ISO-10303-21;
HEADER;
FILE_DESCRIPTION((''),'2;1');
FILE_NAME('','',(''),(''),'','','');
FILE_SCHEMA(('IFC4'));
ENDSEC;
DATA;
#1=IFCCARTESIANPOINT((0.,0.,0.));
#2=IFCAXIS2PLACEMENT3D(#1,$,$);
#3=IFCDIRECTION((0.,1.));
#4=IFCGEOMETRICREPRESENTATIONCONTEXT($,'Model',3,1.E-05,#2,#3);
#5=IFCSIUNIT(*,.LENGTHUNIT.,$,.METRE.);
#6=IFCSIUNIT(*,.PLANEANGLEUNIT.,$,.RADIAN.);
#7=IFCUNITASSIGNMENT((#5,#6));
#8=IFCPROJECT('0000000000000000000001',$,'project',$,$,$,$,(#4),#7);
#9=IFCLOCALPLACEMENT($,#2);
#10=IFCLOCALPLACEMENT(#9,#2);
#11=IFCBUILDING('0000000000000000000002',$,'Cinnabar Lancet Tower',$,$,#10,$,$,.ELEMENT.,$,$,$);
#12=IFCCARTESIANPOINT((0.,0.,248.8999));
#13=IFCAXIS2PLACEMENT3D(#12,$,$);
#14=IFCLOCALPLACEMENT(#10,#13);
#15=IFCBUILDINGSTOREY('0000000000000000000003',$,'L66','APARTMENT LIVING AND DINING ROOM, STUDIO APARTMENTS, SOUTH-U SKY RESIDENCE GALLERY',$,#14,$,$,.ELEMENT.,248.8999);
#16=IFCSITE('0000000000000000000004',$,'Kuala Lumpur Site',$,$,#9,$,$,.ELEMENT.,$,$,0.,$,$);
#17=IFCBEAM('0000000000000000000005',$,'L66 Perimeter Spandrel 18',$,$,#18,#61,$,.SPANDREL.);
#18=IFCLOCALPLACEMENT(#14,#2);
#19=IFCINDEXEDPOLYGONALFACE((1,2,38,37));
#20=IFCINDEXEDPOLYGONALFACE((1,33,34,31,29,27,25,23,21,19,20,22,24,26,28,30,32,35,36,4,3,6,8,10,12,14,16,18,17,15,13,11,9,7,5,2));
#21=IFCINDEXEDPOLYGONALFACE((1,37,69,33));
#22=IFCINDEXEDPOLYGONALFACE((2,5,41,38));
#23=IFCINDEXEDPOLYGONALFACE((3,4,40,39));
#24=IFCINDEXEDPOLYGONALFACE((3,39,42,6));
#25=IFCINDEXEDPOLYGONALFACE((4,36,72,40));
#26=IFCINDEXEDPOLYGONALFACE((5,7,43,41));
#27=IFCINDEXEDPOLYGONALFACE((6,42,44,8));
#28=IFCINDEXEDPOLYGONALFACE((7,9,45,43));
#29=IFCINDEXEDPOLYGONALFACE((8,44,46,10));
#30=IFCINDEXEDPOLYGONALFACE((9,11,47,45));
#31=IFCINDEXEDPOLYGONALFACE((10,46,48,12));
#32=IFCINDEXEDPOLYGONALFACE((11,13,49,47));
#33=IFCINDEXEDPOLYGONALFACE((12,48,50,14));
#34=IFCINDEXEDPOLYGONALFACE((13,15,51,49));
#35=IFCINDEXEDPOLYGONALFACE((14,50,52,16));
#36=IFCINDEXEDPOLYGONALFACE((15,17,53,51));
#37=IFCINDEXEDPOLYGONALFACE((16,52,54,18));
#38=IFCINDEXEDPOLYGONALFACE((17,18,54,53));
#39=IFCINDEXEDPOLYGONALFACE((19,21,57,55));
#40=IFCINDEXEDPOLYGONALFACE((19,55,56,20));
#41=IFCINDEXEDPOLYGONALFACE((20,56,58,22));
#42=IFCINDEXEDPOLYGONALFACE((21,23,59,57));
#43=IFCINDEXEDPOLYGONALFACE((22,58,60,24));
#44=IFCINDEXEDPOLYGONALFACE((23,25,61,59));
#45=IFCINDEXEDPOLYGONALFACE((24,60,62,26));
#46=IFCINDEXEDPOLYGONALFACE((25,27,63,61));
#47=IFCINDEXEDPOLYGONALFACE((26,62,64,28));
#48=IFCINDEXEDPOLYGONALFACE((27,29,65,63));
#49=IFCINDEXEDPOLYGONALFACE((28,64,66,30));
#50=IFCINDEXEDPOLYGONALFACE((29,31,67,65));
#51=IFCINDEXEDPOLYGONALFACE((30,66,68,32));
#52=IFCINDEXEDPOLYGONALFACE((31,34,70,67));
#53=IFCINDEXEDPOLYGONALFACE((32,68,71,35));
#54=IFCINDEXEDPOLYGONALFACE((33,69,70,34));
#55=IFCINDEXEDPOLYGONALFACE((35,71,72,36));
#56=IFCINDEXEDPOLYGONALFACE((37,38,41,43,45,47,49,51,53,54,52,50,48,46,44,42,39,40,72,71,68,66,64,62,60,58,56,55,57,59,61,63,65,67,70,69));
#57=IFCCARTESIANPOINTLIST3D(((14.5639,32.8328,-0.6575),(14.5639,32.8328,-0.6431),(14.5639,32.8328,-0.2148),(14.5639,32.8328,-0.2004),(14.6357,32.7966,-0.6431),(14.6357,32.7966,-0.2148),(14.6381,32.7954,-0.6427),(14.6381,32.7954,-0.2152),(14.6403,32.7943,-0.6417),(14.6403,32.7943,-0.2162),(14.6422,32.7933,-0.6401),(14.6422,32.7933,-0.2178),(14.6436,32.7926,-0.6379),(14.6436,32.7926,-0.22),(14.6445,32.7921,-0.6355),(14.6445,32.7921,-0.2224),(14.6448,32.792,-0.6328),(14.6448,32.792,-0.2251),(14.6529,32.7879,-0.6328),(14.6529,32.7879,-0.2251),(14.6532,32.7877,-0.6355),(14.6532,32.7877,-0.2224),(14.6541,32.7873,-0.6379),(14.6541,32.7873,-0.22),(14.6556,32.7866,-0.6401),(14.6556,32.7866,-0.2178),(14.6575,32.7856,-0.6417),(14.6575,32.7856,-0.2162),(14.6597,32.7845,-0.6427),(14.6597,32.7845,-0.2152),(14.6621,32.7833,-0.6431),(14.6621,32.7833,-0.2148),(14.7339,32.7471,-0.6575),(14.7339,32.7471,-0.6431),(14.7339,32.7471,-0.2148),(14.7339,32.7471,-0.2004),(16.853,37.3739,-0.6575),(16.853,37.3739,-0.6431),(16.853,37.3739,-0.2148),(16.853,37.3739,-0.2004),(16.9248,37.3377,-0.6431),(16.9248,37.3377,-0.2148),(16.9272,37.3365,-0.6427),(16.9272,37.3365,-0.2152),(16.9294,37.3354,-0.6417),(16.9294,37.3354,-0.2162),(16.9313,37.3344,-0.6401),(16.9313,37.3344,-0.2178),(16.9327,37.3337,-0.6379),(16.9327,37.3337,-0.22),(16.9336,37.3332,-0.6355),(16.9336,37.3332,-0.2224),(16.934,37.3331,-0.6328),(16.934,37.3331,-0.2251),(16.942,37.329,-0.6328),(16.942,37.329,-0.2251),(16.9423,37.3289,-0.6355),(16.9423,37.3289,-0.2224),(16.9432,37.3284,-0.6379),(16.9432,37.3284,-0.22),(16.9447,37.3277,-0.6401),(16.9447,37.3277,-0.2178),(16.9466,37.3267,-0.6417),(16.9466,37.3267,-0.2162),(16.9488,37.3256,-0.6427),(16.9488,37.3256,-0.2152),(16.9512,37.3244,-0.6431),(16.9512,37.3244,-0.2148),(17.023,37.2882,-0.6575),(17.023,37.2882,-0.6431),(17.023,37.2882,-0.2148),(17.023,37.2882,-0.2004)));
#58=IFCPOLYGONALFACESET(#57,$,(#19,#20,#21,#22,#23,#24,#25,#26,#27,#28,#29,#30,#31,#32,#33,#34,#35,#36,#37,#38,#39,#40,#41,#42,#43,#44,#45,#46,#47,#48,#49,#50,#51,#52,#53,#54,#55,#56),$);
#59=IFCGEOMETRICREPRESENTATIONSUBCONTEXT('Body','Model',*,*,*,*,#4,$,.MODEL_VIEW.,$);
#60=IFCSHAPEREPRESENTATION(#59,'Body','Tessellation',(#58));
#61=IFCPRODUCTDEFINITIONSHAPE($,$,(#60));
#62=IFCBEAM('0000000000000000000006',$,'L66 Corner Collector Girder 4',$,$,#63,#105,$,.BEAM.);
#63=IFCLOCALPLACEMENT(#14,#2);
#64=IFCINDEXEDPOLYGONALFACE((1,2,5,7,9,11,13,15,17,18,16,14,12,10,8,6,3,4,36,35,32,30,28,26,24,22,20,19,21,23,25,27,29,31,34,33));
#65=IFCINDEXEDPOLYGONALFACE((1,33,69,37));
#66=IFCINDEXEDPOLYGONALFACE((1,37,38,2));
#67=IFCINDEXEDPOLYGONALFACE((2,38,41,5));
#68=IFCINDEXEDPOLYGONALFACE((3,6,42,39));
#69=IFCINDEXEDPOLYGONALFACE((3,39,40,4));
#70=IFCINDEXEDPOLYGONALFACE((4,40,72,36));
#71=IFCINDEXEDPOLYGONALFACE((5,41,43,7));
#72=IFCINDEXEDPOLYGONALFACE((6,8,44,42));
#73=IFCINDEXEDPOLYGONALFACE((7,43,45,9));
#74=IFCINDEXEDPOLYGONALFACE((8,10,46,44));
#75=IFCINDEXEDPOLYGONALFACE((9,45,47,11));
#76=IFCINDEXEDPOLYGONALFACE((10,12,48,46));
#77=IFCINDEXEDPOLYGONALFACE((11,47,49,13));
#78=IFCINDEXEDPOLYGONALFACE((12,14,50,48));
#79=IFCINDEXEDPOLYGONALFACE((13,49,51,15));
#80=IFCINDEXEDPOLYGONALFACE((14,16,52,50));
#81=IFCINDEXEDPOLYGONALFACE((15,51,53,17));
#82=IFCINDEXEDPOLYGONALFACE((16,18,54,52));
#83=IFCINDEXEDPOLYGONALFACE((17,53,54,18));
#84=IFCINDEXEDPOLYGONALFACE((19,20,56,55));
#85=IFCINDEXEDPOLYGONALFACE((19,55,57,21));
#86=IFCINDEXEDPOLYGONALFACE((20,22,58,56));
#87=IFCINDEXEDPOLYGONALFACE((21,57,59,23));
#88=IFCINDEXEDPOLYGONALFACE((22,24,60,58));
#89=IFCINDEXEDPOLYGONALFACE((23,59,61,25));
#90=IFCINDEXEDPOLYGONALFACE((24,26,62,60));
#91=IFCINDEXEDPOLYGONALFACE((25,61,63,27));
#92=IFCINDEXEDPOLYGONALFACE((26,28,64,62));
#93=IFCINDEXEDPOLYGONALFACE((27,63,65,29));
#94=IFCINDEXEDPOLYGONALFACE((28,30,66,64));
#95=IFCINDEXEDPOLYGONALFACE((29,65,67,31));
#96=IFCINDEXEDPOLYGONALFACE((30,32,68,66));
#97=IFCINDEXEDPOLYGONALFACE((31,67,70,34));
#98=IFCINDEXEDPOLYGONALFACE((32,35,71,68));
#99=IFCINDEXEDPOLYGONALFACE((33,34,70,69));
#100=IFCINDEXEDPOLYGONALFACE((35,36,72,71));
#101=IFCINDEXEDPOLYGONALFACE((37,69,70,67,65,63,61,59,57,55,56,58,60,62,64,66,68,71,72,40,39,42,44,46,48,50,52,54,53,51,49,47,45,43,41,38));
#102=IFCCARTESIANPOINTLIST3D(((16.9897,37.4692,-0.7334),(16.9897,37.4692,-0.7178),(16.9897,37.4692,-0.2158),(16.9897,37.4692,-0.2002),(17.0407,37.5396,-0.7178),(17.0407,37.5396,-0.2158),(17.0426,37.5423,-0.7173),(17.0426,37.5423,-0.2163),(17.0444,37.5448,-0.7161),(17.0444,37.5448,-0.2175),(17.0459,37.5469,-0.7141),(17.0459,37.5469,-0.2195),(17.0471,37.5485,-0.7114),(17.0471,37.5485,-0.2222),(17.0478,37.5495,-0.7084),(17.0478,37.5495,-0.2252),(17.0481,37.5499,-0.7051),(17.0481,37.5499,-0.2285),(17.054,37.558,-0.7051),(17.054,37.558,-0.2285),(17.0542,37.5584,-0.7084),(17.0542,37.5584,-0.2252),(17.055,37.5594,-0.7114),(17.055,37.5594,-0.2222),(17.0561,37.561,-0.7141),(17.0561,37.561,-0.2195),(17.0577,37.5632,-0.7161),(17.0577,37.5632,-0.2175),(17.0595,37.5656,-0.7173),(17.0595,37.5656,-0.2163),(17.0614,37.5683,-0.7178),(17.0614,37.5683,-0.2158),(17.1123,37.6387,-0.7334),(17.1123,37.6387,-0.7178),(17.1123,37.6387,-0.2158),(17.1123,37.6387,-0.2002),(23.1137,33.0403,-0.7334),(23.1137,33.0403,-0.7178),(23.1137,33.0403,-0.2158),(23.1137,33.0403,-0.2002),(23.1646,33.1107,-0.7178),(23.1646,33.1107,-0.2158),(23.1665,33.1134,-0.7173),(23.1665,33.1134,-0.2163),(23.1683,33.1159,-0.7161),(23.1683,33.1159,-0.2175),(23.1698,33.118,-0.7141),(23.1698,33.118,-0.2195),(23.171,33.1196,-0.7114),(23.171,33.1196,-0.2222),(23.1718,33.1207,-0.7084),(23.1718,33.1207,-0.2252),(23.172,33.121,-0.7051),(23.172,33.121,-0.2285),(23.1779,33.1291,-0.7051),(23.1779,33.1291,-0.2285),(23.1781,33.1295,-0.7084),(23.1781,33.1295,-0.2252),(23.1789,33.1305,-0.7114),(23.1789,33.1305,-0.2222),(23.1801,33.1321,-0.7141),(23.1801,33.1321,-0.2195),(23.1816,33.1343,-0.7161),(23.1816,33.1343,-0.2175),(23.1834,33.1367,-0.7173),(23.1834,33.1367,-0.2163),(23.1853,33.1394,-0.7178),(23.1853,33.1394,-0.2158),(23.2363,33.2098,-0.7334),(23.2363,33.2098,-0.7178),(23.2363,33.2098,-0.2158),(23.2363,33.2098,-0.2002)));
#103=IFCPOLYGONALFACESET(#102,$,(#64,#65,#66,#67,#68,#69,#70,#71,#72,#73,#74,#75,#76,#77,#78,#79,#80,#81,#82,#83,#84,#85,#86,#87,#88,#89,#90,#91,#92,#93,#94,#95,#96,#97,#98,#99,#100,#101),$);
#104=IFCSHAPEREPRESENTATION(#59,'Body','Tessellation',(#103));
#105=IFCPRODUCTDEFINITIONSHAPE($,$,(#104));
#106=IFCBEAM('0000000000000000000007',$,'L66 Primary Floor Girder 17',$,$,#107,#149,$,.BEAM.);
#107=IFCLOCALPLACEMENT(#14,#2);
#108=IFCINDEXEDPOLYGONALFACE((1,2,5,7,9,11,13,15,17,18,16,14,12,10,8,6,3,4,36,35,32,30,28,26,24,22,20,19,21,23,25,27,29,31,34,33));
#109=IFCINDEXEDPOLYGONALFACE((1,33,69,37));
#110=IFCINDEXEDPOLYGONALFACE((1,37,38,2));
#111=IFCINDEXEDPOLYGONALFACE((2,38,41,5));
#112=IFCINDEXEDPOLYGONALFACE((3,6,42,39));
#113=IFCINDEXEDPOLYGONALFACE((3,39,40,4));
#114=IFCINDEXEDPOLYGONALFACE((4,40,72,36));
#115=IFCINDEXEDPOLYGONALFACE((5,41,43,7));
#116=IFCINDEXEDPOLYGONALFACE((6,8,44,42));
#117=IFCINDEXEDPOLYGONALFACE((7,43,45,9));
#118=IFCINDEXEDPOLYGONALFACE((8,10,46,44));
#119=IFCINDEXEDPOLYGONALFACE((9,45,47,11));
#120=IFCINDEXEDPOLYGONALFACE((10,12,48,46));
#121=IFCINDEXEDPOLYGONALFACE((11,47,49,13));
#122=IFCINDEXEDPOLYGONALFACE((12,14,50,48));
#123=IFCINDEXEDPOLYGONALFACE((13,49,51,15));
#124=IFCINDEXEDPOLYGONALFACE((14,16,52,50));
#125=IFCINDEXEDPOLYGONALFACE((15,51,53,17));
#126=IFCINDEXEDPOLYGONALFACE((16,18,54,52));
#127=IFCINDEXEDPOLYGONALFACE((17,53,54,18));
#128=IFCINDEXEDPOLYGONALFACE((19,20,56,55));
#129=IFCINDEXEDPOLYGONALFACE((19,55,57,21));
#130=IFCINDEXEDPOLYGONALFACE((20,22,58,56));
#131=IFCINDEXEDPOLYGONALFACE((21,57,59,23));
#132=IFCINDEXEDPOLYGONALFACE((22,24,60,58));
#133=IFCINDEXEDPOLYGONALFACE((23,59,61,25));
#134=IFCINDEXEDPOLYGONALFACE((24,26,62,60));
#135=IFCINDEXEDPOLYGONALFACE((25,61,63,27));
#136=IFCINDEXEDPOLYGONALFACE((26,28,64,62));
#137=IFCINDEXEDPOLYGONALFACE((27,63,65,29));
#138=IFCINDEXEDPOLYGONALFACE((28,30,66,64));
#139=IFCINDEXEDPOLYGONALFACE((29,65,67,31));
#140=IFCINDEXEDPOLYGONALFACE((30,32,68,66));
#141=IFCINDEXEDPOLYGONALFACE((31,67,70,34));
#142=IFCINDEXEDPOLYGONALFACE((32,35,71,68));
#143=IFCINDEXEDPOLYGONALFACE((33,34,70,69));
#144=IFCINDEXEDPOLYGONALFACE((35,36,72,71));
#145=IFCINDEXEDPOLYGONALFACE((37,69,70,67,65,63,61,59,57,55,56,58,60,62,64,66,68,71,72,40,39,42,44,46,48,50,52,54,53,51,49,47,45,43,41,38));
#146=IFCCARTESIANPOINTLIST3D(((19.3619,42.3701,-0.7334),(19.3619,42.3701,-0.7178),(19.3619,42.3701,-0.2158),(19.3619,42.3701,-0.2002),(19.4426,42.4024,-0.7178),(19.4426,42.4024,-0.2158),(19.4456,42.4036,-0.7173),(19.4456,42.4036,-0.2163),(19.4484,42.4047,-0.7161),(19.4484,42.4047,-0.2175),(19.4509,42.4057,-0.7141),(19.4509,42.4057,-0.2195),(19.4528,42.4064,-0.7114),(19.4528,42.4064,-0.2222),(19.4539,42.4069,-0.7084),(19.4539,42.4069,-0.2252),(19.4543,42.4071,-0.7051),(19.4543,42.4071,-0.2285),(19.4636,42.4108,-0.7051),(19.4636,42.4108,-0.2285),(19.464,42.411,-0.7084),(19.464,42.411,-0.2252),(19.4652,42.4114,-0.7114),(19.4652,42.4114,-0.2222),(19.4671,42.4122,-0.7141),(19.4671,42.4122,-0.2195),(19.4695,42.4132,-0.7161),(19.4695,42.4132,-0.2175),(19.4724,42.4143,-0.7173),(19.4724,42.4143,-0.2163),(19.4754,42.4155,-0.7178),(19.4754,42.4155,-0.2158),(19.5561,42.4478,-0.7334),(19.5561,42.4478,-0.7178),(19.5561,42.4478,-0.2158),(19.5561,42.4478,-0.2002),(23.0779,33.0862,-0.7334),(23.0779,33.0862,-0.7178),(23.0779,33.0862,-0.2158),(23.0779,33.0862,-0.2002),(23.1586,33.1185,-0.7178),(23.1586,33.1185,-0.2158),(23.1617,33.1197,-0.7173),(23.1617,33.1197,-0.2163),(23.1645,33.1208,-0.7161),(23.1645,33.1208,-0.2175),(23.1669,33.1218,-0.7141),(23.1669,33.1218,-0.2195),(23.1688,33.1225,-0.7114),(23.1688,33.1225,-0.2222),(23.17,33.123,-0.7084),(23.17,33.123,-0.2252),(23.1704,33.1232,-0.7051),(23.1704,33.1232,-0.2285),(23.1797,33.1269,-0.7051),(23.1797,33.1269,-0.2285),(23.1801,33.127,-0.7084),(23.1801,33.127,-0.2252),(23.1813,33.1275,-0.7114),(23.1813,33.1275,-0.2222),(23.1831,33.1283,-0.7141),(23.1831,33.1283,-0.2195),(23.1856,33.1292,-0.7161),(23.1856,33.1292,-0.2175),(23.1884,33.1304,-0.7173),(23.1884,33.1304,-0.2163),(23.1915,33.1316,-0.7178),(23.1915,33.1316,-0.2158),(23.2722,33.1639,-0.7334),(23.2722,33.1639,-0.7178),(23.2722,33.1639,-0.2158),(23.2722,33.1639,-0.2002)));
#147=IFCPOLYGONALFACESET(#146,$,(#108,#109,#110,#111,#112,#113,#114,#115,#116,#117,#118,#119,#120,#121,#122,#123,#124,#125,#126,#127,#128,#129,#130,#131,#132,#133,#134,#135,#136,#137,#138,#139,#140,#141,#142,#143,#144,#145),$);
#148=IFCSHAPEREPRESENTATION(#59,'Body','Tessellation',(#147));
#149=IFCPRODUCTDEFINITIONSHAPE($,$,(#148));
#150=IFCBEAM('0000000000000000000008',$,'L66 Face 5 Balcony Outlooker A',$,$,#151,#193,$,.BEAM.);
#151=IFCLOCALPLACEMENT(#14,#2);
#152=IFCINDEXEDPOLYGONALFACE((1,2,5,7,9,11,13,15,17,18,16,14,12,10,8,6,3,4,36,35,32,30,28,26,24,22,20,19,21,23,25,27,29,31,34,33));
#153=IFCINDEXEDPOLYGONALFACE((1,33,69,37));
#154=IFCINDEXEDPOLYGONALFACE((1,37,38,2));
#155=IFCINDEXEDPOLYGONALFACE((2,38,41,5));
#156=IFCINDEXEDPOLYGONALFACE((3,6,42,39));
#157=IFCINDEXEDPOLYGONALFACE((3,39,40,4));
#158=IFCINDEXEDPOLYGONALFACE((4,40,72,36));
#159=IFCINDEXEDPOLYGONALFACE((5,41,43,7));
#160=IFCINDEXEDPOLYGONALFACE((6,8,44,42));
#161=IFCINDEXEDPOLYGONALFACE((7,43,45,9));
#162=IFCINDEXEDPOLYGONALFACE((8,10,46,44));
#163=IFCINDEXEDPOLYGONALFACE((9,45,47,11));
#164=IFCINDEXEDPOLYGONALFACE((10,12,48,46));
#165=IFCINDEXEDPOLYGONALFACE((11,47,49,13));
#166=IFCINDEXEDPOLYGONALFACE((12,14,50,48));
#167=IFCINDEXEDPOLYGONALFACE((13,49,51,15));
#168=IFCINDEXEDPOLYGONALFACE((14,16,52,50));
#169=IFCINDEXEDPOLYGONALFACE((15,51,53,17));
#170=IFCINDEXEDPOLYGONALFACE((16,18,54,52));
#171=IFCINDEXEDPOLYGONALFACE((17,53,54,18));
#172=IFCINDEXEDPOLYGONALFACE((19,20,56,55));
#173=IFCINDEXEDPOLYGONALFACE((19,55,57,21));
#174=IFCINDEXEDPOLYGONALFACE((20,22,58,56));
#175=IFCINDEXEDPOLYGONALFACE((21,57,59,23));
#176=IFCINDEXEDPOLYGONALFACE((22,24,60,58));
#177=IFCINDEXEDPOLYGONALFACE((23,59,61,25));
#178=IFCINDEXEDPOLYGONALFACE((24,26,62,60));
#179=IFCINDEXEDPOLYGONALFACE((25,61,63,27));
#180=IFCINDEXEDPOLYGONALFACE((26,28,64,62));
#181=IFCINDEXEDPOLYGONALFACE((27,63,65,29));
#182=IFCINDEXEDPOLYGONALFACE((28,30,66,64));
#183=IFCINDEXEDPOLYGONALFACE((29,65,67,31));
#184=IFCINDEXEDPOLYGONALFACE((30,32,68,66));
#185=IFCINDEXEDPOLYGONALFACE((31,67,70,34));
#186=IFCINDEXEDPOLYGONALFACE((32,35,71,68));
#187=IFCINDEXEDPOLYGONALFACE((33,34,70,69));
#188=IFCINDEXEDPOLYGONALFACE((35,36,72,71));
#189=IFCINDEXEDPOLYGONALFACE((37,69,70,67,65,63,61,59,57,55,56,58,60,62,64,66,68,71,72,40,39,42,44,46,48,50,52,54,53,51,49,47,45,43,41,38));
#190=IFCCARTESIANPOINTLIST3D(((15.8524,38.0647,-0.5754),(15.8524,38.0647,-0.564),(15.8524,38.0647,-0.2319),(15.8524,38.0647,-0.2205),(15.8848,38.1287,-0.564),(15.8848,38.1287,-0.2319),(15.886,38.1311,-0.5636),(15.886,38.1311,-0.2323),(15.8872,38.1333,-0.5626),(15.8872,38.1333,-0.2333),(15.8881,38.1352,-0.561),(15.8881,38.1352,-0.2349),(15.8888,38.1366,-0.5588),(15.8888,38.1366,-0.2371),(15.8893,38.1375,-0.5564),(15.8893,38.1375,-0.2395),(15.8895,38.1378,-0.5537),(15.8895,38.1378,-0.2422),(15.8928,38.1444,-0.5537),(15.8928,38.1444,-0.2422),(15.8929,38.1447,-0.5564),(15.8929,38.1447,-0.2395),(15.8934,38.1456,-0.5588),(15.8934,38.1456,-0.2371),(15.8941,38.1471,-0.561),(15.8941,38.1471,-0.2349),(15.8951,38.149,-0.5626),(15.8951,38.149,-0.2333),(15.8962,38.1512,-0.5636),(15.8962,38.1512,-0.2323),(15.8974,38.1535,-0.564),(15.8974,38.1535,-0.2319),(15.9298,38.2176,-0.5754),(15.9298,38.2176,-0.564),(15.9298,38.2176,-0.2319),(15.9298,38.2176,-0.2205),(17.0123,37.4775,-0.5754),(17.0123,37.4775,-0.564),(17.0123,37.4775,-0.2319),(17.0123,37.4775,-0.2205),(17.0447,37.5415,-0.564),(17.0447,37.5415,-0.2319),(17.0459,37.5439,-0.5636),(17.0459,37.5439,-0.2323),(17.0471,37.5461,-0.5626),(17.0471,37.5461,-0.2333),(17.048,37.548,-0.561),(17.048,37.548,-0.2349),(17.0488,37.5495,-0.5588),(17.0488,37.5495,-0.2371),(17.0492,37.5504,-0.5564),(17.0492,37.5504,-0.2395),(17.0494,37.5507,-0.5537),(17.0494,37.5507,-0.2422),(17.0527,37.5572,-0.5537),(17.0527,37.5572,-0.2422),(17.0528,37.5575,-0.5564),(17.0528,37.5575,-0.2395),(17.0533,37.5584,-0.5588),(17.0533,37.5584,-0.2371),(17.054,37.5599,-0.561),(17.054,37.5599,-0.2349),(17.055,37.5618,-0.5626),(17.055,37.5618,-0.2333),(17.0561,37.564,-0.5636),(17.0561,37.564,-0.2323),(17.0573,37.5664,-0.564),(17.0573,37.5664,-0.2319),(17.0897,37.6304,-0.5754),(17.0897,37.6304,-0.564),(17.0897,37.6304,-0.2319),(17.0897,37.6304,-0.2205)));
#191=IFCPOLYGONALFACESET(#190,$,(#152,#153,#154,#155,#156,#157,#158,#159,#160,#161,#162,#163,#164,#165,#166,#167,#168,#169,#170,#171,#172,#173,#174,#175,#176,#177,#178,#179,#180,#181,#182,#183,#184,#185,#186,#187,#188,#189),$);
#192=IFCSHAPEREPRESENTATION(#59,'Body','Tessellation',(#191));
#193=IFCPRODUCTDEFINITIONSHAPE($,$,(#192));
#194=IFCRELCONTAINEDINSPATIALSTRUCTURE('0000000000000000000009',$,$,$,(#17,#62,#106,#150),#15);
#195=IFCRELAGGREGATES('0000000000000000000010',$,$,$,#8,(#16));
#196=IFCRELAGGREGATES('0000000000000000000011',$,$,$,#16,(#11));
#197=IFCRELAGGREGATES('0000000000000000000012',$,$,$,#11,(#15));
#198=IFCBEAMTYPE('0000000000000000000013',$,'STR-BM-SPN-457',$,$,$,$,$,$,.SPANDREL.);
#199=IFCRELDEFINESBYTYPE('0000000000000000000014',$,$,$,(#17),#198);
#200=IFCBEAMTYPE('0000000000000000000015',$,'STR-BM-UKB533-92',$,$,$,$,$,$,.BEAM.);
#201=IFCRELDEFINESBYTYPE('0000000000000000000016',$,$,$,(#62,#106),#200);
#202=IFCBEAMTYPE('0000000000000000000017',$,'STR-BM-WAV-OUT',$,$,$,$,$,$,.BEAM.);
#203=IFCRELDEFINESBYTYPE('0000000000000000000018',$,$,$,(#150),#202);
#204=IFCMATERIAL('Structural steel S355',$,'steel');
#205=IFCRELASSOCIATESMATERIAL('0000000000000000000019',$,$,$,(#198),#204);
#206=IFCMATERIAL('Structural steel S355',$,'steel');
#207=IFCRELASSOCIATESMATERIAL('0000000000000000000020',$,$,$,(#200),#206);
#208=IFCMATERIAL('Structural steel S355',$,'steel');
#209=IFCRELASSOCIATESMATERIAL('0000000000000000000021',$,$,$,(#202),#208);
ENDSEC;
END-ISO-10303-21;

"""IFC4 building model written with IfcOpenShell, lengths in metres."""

from ifc_helpers import new_model, si_unit, direction, frame, origin, origin_2d, place, context, subcontext, project, spatial, i_section, extrude, material, material_profile, profile_set, type_object, element, save


model = new_model("IFC4")

# Units and contexts
model_context = context("Model", 3, precision=1e-05, world=origin(), true_north=direction((0.0, 1.0)))
body_context = subcontext(model_context, "Body", "Model", "MODEL_VIEW")
ifc_project = project(units=[si_unit("LENGTHUNIT", "METRE"), si_unit("PLANEANGLEUNIT", "RADIAN")], contexts=[model_context])

# Site, building, storey
site_placement = place(None, origin())
site = spatial("IfcSite", under=ifc_project, at=site_placement, Name="Kuala Lumpur Site", CompositionType="ELEMENT", RefElevation=0.0)
building_placement = place(site_placement, origin())
building = spatial("IfcBuilding", under=site, at=building_placement, Name="Cinnabar Lancet Tower", CompositionType="ELEMENT")
storey_placement = place(building_placement, frame((0.0, 0.0, 248.8999)))
storey = spatial("IfcBuildingStorey", under=building, at=storey_placement, Name="L66", Description="APARTMENT LIVING AND DINING ROOM, STUDIO APARTMENTS, SOUTH-U SKY RESIDENCE GALLERY", CompositionType="ELEMENT", Elevation=248.8999)

# Beams
ifc_material_1 = material(Name="Structural steel S355", Category="steel")
ifc_material_profile_1 = material_profile(ifc_material_1, i_section(OverallWidth=0.1904, OverallDepth=0.457, WebThickness=0.009, FlangeThickness=0.0144, FilletRadius=0.0103, at=origin_2d()), Name="UKB 457x191x74")
ifc_profile_set_1 = profile_set([ifc_material_profile_1], Name="Structural steel S355")
beam_type_1 = type_object("IfcBeamType", Name="STR-BM-SPN-457", PredefinedType="SPANDREL", material=ifc_profile_set_1)
beam_1_placement = place(storey_placement, frame((16.938, 37.3311, -0.429), z_axis=(-0.45013, -0.892963, 0.0), x_axis=(0.892963, -0.45013, 0.0)))
element("IfcBeam", 1, at=beam_1_placement, inside=storey, type_object=beam_type_1, Name="L66 Perimeter Spandrel 18", PredefinedType="SPANDREL", context=body_context, shape_type="SweptSolid", body=[
    extrude(i_section(OverallWidth=0.1904, OverallDepth=0.457, WebThickness=0.009, FlangeThickness=0.0144, FilletRadius=0.0103, at=origin_2d()), origin(), (0.0, 0.0, 1.0), 5.0854),
])
ifc_material_2 = material(Name="Structural steel S355", Category="steel")
ifc_material_profile_2 = material_profile(ifc_material_2, i_section(OverallWidth=0.2092, OverallDepth=0.5332, WebThickness=0.01, FlangeThickness=0.0156, FilletRadius=0.0127, at=origin_2d()), Name="UKB 533x210x92")
ifc_profile_set_2 = profile_set([ifc_material_profile_2], Name="Structural steel S355")
beam_type_2 = type_object("IfcBeamType", Name="STR-BM-UKB533-92", PredefinedType="BEAM", material=ifc_profile_set_2)
beam_2_placement = place(storey_placement, frame((17.051, 37.554, -0.4668), z_axis=(0.810299, -0.586016, 0.0), x_axis=(0.586016, 0.810299, 0.0)))
element("IfcBeam", 2, at=beam_2_placement, inside=storey, type_object=beam_type_2, Name="L66 Corner Collector Girder 4", PredefinedType="BEAM", context=body_context, shape_type="SweptSolid", body=[
    extrude(i_section(OverallWidth=0.2092, OverallDepth=0.5332, WebThickness=0.01, FlangeThickness=0.0156, FilletRadius=0.0127, at=origin_2d()), origin(), (0.0, 0.0, 1.0), 7.5576),
])
beam_3_placement = place(storey_placement, frame((19.459, 42.4089, -0.4668), z_axis=(0.371605, -0.928391, 0.0), x_axis=(0.928391, 0.371605, 0.0)))
element("IfcBeam", 3, at=beam_3_placement, inside=storey, type_object=beam_type_2, Name="L66 Primary Floor Girder 17", PredefinedType="BEAM", context=body_context, shape_type="SweptSolid", body=[
    extrude(i_section(OverallWidth=0.2092, OverallDepth=0.5332, WebThickness=0.01, FlangeThickness=0.0156, FilletRadius=0.0127, at=origin_2d()), origin(), (0.0, 0.0, 1.0), 10.0),
])
ifc_material_3 = material(Name="Structural steel S355", Category="steel")
ifc_material_profile_3 = material_profile(ifc_material_3, i_section(OverallWidth=0.1714, OverallDepth=0.355, WebThickness=0.0073, FlangeThickness=0.0115, FilletRadius=0.0103, at=origin_2d()), Name="UKB 356x171x51")
ifc_profile_set_3 = profile_set([ifc_material_profile_3], Name="Structural steel S355")
beam_type_3 = type_object("IfcBeamType", Name="STR-BM-WAV-OUT", PredefinedType="BEAM", material=ifc_profile_set_3)
beam_4_placement = place(storey_placement, frame((17.051, 37.554, -0.3979), z_axis=(-0.8922, 0.45164, 0.0), x_axis=(-0.45164, -0.8922, 0.0)))
element("IfcBeam", 4, at=beam_4_placement, inside=storey, type_object=beam_type_3, Name="L66 Face 5 Balcony Outlooker A", PredefinedType="BEAM", context=body_context, shape_type="SweptSolid", body=[
    extrude(i_section(OverallWidth=0.1714, OverallDepth=0.355, WebThickness=0.0073, FlangeThickness=0.0115, FilletRadius=0.0103, at=origin_2d()), origin(), (0.0, 0.0, 1.0), 1.3),
])

save(model, "model.ifc")
